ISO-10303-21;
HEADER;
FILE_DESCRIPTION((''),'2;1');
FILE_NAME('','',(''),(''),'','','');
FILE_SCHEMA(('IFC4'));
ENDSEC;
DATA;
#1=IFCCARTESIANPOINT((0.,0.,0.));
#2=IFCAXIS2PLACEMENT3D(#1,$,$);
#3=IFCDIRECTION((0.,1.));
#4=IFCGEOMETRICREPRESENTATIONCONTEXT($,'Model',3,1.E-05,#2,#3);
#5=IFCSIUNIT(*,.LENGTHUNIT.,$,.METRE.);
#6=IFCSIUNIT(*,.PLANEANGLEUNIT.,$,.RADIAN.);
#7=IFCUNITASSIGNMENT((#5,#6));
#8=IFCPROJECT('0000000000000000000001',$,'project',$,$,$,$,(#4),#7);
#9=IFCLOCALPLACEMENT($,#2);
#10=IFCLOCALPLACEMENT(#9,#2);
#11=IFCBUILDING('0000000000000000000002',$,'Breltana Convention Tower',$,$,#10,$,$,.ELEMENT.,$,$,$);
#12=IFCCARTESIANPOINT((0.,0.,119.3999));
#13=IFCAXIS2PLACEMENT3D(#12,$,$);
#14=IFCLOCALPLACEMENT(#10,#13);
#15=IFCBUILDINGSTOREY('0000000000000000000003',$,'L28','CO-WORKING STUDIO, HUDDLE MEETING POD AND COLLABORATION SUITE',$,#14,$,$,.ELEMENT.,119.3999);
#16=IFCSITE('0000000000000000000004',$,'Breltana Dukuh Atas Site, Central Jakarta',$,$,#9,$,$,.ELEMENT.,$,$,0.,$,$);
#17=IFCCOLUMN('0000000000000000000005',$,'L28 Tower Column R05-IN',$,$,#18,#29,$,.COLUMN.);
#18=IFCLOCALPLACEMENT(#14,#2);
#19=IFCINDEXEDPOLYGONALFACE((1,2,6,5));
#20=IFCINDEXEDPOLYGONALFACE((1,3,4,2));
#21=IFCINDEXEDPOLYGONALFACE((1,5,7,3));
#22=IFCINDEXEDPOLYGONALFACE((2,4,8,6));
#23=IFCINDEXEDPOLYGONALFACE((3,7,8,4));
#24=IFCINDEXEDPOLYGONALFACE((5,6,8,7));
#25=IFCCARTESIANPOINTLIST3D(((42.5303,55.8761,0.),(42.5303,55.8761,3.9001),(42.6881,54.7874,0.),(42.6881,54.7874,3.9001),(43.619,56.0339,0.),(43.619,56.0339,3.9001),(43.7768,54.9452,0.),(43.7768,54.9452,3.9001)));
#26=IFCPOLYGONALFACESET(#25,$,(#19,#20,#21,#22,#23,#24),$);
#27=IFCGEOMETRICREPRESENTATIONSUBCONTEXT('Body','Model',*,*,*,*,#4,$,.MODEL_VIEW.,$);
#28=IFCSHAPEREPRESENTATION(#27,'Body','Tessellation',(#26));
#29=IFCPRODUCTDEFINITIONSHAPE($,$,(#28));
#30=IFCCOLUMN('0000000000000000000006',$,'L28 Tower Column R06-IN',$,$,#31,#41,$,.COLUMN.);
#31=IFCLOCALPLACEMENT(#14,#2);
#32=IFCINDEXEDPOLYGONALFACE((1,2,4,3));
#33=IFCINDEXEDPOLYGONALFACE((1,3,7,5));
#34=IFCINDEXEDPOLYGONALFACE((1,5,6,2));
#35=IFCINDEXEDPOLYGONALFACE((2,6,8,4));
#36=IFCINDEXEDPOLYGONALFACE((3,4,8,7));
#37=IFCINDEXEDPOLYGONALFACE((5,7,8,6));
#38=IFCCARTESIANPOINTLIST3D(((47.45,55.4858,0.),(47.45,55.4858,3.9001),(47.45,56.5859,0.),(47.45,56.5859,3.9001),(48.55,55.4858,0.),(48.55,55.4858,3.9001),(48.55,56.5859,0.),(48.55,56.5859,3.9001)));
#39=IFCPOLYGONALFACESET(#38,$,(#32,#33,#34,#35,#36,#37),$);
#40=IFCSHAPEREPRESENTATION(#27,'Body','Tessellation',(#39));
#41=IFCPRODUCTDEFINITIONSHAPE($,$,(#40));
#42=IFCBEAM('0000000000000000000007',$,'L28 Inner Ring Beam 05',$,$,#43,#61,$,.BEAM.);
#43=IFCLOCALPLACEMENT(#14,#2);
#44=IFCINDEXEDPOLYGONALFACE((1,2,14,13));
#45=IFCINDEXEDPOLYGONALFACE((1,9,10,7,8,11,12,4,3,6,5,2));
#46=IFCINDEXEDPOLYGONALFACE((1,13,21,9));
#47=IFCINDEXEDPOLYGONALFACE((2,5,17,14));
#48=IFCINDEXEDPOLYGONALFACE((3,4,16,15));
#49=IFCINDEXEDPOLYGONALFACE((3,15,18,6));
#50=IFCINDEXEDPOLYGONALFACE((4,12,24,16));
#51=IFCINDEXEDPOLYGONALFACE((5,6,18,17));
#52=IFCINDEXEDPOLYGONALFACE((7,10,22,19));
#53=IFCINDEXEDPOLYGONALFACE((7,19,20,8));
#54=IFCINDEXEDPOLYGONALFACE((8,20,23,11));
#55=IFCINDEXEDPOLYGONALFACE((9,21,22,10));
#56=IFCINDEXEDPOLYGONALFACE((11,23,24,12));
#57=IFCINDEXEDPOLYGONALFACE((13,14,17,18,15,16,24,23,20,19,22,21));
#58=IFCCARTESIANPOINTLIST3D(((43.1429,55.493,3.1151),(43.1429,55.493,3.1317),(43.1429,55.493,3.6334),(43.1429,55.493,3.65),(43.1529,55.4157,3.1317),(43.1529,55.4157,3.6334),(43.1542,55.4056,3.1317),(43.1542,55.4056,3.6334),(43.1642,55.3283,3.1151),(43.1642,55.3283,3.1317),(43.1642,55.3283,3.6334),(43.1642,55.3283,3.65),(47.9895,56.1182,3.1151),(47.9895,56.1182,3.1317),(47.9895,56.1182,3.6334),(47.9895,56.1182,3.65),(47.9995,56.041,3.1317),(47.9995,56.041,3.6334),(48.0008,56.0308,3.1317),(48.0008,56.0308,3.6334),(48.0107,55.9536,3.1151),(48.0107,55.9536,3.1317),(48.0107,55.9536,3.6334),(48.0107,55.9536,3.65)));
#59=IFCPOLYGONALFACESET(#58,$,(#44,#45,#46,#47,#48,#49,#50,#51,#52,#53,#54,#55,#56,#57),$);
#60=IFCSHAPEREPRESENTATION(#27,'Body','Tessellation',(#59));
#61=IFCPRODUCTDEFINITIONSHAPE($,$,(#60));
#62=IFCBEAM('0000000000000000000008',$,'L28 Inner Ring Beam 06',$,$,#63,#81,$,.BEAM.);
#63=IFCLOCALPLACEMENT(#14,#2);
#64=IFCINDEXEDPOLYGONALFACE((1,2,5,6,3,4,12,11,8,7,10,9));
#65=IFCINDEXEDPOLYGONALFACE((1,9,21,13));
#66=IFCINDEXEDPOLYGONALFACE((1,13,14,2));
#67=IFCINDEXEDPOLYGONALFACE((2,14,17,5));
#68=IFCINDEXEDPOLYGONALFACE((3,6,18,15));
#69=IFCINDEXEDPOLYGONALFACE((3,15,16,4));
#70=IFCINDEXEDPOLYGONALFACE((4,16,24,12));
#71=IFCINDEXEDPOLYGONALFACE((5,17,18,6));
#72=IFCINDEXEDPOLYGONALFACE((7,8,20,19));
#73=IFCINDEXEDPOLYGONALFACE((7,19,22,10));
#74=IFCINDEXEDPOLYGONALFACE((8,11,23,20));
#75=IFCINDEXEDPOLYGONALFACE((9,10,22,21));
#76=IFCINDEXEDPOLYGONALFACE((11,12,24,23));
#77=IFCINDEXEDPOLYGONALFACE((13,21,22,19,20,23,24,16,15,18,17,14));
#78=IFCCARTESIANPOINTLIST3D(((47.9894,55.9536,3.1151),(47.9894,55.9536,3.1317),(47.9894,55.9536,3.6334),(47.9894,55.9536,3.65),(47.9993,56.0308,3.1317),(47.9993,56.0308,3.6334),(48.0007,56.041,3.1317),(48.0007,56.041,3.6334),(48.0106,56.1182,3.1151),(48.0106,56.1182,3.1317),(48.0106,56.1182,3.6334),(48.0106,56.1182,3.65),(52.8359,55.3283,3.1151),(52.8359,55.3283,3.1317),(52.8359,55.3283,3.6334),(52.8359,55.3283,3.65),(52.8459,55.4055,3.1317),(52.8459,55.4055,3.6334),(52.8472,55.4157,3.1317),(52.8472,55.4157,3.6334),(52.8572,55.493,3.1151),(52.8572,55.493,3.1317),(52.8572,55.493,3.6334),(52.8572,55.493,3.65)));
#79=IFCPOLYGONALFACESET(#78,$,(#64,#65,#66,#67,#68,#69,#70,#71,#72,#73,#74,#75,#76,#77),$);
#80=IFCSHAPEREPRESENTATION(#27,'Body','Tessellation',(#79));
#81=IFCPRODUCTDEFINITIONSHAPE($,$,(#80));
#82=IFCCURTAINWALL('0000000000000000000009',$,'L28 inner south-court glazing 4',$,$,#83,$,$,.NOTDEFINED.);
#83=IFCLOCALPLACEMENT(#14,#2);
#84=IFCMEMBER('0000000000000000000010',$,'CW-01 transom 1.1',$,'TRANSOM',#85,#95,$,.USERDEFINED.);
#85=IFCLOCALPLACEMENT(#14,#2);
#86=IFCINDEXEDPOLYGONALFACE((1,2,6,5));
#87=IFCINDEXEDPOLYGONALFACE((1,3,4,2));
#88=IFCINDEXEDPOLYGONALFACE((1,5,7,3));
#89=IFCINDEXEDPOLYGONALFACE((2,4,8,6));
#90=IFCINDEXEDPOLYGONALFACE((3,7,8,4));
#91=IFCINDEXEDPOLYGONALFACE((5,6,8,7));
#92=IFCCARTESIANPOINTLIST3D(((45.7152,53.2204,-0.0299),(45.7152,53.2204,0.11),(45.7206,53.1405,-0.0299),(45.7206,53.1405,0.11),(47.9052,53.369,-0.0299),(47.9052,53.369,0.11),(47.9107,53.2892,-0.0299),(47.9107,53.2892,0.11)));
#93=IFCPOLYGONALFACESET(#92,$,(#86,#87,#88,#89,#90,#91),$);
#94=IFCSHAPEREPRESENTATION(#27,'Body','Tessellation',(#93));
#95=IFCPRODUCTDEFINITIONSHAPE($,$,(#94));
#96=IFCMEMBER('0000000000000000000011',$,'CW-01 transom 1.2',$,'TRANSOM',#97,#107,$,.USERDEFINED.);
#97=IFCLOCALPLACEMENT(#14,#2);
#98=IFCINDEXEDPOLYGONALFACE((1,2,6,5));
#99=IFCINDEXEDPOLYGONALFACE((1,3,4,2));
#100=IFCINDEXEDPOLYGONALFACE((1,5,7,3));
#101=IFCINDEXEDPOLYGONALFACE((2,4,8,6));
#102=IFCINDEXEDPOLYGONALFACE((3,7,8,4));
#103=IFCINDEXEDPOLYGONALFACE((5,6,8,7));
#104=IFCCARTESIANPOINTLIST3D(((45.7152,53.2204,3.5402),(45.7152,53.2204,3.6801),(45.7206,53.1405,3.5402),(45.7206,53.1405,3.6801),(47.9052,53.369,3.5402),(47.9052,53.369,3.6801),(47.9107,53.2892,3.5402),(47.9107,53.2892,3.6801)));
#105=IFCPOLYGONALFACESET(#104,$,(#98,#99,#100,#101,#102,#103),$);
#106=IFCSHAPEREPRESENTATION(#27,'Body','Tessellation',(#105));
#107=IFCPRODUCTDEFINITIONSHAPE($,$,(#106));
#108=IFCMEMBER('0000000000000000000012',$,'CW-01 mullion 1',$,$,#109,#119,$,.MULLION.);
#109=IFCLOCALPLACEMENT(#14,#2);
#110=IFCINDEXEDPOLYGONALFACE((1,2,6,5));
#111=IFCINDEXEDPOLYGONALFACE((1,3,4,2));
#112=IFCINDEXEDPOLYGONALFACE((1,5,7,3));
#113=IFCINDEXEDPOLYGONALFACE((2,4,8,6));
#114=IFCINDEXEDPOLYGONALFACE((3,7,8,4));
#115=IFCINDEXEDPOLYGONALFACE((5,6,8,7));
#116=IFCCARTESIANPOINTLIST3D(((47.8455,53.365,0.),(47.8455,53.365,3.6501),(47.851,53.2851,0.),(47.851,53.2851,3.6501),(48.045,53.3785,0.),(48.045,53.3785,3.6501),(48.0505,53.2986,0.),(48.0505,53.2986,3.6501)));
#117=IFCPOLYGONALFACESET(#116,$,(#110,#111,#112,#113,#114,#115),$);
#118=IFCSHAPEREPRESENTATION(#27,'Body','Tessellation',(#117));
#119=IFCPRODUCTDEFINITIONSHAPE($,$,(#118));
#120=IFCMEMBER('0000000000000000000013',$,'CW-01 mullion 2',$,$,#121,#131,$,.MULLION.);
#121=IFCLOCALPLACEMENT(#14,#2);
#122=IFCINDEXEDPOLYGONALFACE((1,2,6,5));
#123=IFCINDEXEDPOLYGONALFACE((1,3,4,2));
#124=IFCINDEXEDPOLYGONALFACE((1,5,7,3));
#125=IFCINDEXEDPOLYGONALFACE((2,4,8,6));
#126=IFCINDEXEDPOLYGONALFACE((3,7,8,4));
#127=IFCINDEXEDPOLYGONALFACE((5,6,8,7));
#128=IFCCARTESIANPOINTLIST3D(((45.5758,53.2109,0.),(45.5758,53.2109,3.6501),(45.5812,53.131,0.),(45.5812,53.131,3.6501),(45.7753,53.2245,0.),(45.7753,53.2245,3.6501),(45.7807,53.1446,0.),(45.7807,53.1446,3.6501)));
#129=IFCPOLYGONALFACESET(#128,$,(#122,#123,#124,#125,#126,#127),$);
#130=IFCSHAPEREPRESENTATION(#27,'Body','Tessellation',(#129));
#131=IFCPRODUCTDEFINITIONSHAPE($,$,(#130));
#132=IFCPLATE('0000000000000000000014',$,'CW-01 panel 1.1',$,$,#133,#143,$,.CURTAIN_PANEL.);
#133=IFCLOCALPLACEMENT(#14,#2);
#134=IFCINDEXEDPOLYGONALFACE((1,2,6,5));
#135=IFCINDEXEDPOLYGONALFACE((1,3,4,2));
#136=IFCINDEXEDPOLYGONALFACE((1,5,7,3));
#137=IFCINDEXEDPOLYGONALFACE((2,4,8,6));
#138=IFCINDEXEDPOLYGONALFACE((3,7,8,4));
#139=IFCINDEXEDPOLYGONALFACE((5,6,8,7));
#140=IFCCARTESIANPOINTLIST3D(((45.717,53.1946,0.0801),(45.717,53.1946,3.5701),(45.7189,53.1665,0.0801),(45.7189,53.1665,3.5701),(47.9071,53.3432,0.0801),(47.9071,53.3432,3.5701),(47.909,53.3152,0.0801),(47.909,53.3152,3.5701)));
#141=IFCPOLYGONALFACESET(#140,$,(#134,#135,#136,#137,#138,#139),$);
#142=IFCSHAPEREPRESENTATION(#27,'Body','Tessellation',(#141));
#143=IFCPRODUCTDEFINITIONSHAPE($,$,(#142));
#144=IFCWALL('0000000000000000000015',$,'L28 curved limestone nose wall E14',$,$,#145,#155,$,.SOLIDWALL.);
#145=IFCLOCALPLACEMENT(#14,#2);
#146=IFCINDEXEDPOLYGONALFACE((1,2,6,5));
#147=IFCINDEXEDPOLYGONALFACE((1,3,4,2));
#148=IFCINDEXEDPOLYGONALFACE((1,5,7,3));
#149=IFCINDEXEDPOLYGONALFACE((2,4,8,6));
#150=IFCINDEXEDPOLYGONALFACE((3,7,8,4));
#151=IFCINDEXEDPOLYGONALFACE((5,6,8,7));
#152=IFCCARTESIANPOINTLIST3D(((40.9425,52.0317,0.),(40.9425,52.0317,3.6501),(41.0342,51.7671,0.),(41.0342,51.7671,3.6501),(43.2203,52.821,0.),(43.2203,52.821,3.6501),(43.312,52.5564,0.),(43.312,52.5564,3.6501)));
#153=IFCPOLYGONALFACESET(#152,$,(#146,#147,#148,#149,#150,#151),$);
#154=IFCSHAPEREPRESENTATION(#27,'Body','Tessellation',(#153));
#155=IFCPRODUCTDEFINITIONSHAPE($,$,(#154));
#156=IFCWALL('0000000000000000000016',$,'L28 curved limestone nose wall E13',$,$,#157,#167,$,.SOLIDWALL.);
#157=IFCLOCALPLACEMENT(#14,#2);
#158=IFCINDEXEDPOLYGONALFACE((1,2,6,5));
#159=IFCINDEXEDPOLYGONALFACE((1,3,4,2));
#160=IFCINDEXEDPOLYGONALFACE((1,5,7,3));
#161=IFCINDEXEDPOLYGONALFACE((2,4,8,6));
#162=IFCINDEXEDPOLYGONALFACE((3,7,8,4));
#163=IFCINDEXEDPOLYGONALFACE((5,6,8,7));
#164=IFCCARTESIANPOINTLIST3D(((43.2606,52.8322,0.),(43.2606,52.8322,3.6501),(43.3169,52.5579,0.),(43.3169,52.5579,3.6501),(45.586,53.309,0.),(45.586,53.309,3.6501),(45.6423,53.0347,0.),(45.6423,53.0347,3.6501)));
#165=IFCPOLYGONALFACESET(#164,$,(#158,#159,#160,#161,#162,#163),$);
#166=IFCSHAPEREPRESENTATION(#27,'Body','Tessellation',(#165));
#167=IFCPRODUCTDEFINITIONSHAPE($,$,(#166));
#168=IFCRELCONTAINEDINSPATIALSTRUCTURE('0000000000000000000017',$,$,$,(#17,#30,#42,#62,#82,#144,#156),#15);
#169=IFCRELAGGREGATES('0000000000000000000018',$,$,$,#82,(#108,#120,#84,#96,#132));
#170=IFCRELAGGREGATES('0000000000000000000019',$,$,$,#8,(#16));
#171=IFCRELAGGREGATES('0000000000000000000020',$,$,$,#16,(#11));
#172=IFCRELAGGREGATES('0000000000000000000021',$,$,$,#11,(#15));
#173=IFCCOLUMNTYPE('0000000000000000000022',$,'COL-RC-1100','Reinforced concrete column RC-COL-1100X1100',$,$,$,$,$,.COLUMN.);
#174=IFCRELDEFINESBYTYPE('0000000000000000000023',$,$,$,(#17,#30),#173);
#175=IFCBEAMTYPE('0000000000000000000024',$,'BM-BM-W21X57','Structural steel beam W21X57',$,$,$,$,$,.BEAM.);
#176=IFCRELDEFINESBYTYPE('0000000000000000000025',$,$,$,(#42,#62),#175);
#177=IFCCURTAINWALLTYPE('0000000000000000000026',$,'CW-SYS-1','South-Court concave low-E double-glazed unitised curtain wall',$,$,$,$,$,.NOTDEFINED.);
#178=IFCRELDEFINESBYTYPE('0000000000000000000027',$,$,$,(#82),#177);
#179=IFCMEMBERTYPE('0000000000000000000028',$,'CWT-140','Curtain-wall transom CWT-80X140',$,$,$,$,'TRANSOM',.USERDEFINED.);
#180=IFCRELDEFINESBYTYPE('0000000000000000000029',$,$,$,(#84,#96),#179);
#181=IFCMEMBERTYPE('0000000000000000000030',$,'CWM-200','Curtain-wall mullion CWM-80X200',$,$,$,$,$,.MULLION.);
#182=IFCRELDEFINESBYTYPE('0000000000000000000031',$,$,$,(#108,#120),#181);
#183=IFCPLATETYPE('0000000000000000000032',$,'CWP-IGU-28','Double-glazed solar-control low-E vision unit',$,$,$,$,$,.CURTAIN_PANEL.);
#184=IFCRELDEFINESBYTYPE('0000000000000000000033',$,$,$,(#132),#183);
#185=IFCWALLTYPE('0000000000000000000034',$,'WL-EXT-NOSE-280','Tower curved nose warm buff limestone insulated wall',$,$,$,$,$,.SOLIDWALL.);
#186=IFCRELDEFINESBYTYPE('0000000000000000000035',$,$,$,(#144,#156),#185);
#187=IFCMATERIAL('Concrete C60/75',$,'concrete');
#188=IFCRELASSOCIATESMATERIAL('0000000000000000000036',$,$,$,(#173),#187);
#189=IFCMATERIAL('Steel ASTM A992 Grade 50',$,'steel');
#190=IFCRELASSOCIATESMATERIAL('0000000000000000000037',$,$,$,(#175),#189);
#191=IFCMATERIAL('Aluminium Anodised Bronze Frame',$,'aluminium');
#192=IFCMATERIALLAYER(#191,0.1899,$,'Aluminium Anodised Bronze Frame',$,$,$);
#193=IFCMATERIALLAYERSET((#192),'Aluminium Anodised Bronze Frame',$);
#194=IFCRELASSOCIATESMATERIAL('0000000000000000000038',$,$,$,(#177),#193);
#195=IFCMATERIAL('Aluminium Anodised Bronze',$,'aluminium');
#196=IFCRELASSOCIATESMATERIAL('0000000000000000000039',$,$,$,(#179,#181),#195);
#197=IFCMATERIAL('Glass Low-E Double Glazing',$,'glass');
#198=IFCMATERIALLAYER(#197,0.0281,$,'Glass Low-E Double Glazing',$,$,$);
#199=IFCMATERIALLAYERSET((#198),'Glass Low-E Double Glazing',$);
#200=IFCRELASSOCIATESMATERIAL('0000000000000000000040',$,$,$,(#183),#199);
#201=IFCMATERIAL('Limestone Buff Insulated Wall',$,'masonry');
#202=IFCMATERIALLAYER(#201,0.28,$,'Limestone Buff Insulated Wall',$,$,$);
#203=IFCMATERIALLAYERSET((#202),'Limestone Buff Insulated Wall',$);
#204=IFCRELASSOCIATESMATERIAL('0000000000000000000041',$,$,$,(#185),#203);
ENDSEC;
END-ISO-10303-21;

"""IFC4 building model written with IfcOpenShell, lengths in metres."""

from ifc_helpers import new_model, si_unit, direction, frame, frame_2d, origin, origin_2d, place, context, subcontext, project, spatial, rectangle, i_section, extrude, source, transform, mapped, material, layer, layer_set, material_profile, profile_set, type_object, element, aggregate, save


model = new_model("IFC4")

# Units and contexts
model_context = context("Model", 3, precision=1e-05, world=origin(), true_north=direction((0.0, 1.0)))
body_context = subcontext(model_context, "Body", "Model", "MODEL_VIEW")
ifc_project = project(units=[si_unit("LENGTHUNIT", "METRE"), si_unit("PLANEANGLEUNIT", "RADIAN")], contexts=[model_context])

# Site, building, storey
site_placement = place(None, origin())
site = spatial("IfcSite", under=ifc_project, at=site_placement, Name="Breltana Dukuh Atas Site, Central Jakarta", CompositionType="ELEMENT", RefElevation=0.0)
building_placement = place(site_placement, origin())
building = spatial("IfcBuilding", under=site, at=building_placement, Name="Breltana Convention Tower", CompositionType="ELEMENT")
storey_placement = place(building_placement, frame((0.0, 0.0, 119.3999)))
storey = spatial("IfcBuildingStorey", under=building, at=storey_placement, Name="L28", Description="CO-WORKING STUDIO, HUDDLE MEETING POD AND COLLABORATION SUITE", CompositionType="ELEMENT", Elevation=119.3999)

# Columns
ifc_material_1 = material(Name="Concrete C60/75", Category="concrete")
ifc_material_profile_1 = material_profile(ifc_material_1, rectangle(XDim=1.1001, YDim=1.1001, at=origin_2d()), Name="RC-COL-1100X1100")
ifc_profile_set_1 = profile_set([ifc_material_profile_1], Name="Concrete C60/75")
column_type = type_object("IfcColumnType", Name="COL-RC-1100", Description="Reinforced concrete column RC-COL-1100X1100", PredefinedType="COLUMN", material=ifc_profile_set_1)
shared_shape_1 = source(origin(), body_context, "Body", "SweptSolid", [
    extrude(rectangle(XDim=1.1001, YDim=1.1001, at=origin_2d()), origin(), (0.0, 0.0, 1.0), 3.9001),
])
for number, where, z_axis, x_axis, name in (
    (1, (43.1536, 55.4106, 0.0), (0.0, 0.0, 1.0), (-0.143493, 0.989651, 0.0), "L28 Tower Column R05-IN"),
    (2, (48.0, 56.0359, 0.0), (0.0, 0.0, 1.0), (0.0, 1.0, 0.0), "L28 Tower Column R06-IN"),
):
    element("IfcColumn", number, at=place(storey_placement, frame(where, z_axis=z_axis, x_axis=x_axis)), inside=storey, type_object=column_type, Name=name, PredefinedType="COLUMN", context=body_context, shape_type="MappedRepresentation", body=[
        mapped(shared_shape_1, transform((0.0, 0.0, 0.0), scale=1.0)),
    ])

# Beams
ifc_material_2 = material(Name="Steel ASTM A992 Grade 50", Category="steel")
ifc_material_profile_2 = material_profile(ifc_material_2, i_section(OverallWidth=0.166, OverallDepth=0.5349, WebThickness=0.0103, FlangeThickness=0.0166, at=origin_2d()), Name="W21X57")
ifc_profile_set_2 = profile_set([ifc_material_profile_2], Name="Steel ASTM A992 Grade 50")
beam_type = type_object("IfcBeamType", Name="BM-BM-W21X57", Description="Structural steel beam W21X57", PredefinedType="BEAM", material=ifc_profile_set_2)
shared_shape_2 = source(origin(), body_context, "Body", "SweptSolid", [
    extrude(i_section(OverallWidth=0.166, OverallDepth=0.5349, WebThickness=0.0103, FlangeThickness=0.0166, at=origin_2d()), origin(), (0.0, 0.0, 1.0), 4.8867),
])
for number, where, z_axis, x_axis, name in (
    (3, (43.1536, 55.4106, 3.3826), (0.991781, 0.127951, 0.0), (-0.127951, 0.991781, 0.0), "L28 Inner Ring Beam 05"),
    (4, (48.0, 56.0359, 3.3826), (0.991781, -0.127951, 0.0), (0.127951, 0.991781, 0.0), "L28 Inner Ring Beam 06"),
):
    element("IfcBeam", number, at=place(storey_placement, frame(where, z_axis=z_axis, x_axis=x_axis)), inside=storey, type_object=beam_type, Name=name, PredefinedType="BEAM", context=body_context, shape_type="MappedRepresentation", body=[
        mapped(shared_shape_2, transform((0.0, 0.0, 0.0), scale=1.0)),
    ])

# Curtain wall, members, plate
ifc_material_3 = material(Name="Aluminium Anodised Bronze Frame", Category="aluminium")
ifc_layer_1 = layer(ifc_material_3, 0.1899, Name="Aluminium Anodised Bronze Frame")
ifc_layer_set_1 = layer_set([ifc_layer_1], Name="Aluminium Anodised Bronze Frame")
curtain_wall_type = type_object("IfcCurtainWallType", Name="CW-SYS-1", Description="South-Court concave low-E double-glazed unitised curtain wall", PredefinedType="NOTDEFINED", material=ifc_layer_set_1)
curtain_wall_placement = place(storey_placement, origin())
curtain_wall = element("IfcCurtainWall", 5, at=curtain_wall_placement, inside=storey, type_object=curtain_wall_type, Name="L28 inner south-court glazing 4", PredefinedType="NOTDEFINED")
ifc_material_4 = material(Name="Aluminium Anodised Bronze", Category="aluminium")
ifc_material_profile_3 = material_profile(ifc_material_4, rectangle(XDim=0.0801, YDim=0.1399, at=origin_2d()), Name="CWT-80X140")
ifc_profile_set_3 = profile_set([ifc_material_profile_3], Name="Aluminium Anodised Bronze")
member_type_1 = type_object("IfcMemberType", Name="CWT-140", Description="Curtain-wall transom CWT-80X140", ElementType="TRANSOM", PredefinedType="USERDEFINED", material=ifc_profile_set_3)
shared_shape_3 = source(origin(), body_context, "Body", "SweptSolid", [
    extrude(rectangle(XDim=0.0801, YDim=0.1399, at=origin_2d()), origin(), (0.0, 0.0, 1.0), 2.1951),
])
member_1_placement = place(storey_placement, frame((47.908, 53.3291, 0.04), z_axis=(-0.997703, -0.067737, 0.0), x_axis=(0.067737, -0.997703, 0.0)))
member_1 = element("IfcMember", 6, at=member_1_placement, type_object=member_type_1, Name="CW-01 transom 1.1", ObjectType="TRANSOM", PredefinedType="USERDEFINED", context=body_context, shape_type="MappedRepresentation", body=[
    mapped(shared_shape_3, transform((0.0, 0.0, 0.0), scale=1.0)),
])
member_2_placement = place(storey_placement, frame((47.908, 53.3291, 3.6101), z_axis=(-0.997703, -0.067737, 0.0), x_axis=(0.067737, -0.997703, 0.0)))
member_2 = element("IfcMember", 7, at=member_2_placement, type_object=member_type_1, Name="CW-01 transom 1.2", ObjectType="TRANSOM", PredefinedType="USERDEFINED", context=body_context, shape_type="MappedRepresentation", body=[
    mapped(shared_shape_3, transform((0.0, 0.0, 0.0), scale=1.0)),
])
ifc_material_profile_4 = material_profile(ifc_material_4, rectangle(XDim=0.0801, YDim=0.2, at=origin_2d()), Name="CWM-80X200")
ifc_profile_set_4 = profile_set([ifc_material_profile_4], Name="Aluminium Anodised Bronze")
member_type_2 = type_object("IfcMemberType", Name="CWM-200", Description="Curtain-wall mullion CWM-80X200", PredefinedType="MULLION", material=ifc_profile_set_4)
shared_shape_4 = source(origin(), body_context, "Body", "SweptSolid", [
    extrude(rectangle(XDim=0.0801, YDim=0.2, at=origin_2d()), origin(), (0.0, 0.0, 1.0), 3.6501),
])
member_3_placement = place(storey_placement, frame((47.948, 53.3318, 0.0), z_axis=(0.0, 0.0, 1.0), x_axis=(0.067728, -0.997704, 0.0)))
member_3 = element("IfcMember", 8, at=member_3_placement, type_object=member_type_2, Name="CW-01 mullion 1", PredefinedType="MULLION", context=body_context, shape_type="MappedRepresentation", body=[
    mapped(shared_shape_4, transform((0.0, 0.0, 0.0), scale=1.0)),
])
member_4_placement = place(storey_placement, frame((45.6782, 53.1777, 0.0), z_axis=(0.0, 0.0, 1.0), x_axis=(0.067728, -0.997704, 0.0)))
member_4 = element("IfcMember", 9, at=member_4_placement, type_object=member_type_2, Name="CW-01 mullion 2", PredefinedType="MULLION", context=body_context, shape_type="MappedRepresentation", body=[
    mapped(shared_shape_4, transform((0.0, 0.0, 0.0), scale=1.0)),
])
ifc_material_5 = material(Name="Glass Low-E Double Glazing", Category="glass")
ifc_layer_2 = layer(ifc_material_5, 0.0281, Name="Glass Low-E Double Glazing")
ifc_layer_set_2 = layer_set([ifc_layer_2], Name="Glass Low-E Double Glazing")
plate_type = type_object("IfcPlateType", Name="CWP-IGU-28", Description="Double-glazed solar-control low-E vision unit", PredefinedType="CURTAIN_PANEL", material=ifc_layer_set_2)
shared_shape_5 = source(origin(), body_context, "Body", "SweptSolid", [
    extrude(rectangle(XDim=2.1951, YDim=0.0281, at=origin_2d()), origin(), (0.0, 0.0, 1.0), 3.49),
])
plate_placement = place(storey_placement, frame((46.813, 53.2549, 0.0801), z_axis=(0.0, 0.0, 1.0), x_axis=(-0.997704, -0.067728, 0.0)))
plate = element("IfcPlate", 10, at=plate_placement, type_object=plate_type, Name="CW-01 panel 1.1", PredefinedType="CURTAIN_PANEL", context=body_context, shape_type="MappedRepresentation", body=[
    mapped(shared_shape_5, transform((0.0, 0.0, 0.0), scale=1.0)),
])
aggregate(curtain_wall, [member_3, member_4, member_1, member_2, plate])

# Walls
ifc_material_6 = material(Name="Limestone Buff Insulated Wall", Category="masonry")
ifc_layer_3 = layer(ifc_material_6, 0.28, Name="Limestone Buff Insulated Wall")
ifc_layer_set_3 = layer_set([ifc_layer_3], Name="Limestone Buff Insulated Wall")
wall_type_1 = type_object("IfcWallType", Name="WL-EXT-NOSE-280", Description="Tower curved nose warm buff limestone insulated wall", PredefinedType="SOLIDWALL", material=ifc_layer_set_3)
shared_shape_6 = source(origin(), body_context, "Body", "SweptSolid", [
    extrude(rectangle(XDim=2.4106, YDim=0.28, at=frame_2d((1.2053, 0.0))), origin(), (0.0, 0.0, 1.0), 3.6501),
])
wall_1_placement = place(storey_placement, frame((43.2661, 52.6887, 0.0), z_axis=(0.0, 0.0, 1.0), x_axis=(-0.94488, -0.327417, 0.0)))
element("IfcWall", 11, at=wall_1_placement, inside=storey, type_object=wall_type_1, Name="L28 curved limestone nose wall E14", PredefinedType="SOLIDWALL", context=body_context, shape_type="MappedRepresentation", body=[
    mapped(shared_shape_6, transform((0.0, 0.0, 0.0), scale=1.0)),
])
shared_shape_7 = source(origin(), body_context, "Body", "SweptSolid", [
    extrude(rectangle(XDim=2.3738, YDim=0.28, at=frame_2d((1.187, 0.0))), origin(), (0.0, 0.0, 1.0), 3.6501),
])
wall_2_placement = place(storey_placement, frame((45.6143, 53.1719, 0.0), z_axis=(0.0, 0.0, 1.0), x_axis=(-0.97962, -0.200861, 0.0)))
element("IfcWall", 12, at=wall_2_placement, inside=storey, type_object=wall_type_1, Name="L28 curved limestone nose wall E13", PredefinedType="SOLIDWALL", context=body_context, shape_type="MappedRepresentation", body=[
    mapped(shared_shape_7, transform((0.0, 0.0, 0.0), scale=1.0)),
])

save(model, "model.ifc")
